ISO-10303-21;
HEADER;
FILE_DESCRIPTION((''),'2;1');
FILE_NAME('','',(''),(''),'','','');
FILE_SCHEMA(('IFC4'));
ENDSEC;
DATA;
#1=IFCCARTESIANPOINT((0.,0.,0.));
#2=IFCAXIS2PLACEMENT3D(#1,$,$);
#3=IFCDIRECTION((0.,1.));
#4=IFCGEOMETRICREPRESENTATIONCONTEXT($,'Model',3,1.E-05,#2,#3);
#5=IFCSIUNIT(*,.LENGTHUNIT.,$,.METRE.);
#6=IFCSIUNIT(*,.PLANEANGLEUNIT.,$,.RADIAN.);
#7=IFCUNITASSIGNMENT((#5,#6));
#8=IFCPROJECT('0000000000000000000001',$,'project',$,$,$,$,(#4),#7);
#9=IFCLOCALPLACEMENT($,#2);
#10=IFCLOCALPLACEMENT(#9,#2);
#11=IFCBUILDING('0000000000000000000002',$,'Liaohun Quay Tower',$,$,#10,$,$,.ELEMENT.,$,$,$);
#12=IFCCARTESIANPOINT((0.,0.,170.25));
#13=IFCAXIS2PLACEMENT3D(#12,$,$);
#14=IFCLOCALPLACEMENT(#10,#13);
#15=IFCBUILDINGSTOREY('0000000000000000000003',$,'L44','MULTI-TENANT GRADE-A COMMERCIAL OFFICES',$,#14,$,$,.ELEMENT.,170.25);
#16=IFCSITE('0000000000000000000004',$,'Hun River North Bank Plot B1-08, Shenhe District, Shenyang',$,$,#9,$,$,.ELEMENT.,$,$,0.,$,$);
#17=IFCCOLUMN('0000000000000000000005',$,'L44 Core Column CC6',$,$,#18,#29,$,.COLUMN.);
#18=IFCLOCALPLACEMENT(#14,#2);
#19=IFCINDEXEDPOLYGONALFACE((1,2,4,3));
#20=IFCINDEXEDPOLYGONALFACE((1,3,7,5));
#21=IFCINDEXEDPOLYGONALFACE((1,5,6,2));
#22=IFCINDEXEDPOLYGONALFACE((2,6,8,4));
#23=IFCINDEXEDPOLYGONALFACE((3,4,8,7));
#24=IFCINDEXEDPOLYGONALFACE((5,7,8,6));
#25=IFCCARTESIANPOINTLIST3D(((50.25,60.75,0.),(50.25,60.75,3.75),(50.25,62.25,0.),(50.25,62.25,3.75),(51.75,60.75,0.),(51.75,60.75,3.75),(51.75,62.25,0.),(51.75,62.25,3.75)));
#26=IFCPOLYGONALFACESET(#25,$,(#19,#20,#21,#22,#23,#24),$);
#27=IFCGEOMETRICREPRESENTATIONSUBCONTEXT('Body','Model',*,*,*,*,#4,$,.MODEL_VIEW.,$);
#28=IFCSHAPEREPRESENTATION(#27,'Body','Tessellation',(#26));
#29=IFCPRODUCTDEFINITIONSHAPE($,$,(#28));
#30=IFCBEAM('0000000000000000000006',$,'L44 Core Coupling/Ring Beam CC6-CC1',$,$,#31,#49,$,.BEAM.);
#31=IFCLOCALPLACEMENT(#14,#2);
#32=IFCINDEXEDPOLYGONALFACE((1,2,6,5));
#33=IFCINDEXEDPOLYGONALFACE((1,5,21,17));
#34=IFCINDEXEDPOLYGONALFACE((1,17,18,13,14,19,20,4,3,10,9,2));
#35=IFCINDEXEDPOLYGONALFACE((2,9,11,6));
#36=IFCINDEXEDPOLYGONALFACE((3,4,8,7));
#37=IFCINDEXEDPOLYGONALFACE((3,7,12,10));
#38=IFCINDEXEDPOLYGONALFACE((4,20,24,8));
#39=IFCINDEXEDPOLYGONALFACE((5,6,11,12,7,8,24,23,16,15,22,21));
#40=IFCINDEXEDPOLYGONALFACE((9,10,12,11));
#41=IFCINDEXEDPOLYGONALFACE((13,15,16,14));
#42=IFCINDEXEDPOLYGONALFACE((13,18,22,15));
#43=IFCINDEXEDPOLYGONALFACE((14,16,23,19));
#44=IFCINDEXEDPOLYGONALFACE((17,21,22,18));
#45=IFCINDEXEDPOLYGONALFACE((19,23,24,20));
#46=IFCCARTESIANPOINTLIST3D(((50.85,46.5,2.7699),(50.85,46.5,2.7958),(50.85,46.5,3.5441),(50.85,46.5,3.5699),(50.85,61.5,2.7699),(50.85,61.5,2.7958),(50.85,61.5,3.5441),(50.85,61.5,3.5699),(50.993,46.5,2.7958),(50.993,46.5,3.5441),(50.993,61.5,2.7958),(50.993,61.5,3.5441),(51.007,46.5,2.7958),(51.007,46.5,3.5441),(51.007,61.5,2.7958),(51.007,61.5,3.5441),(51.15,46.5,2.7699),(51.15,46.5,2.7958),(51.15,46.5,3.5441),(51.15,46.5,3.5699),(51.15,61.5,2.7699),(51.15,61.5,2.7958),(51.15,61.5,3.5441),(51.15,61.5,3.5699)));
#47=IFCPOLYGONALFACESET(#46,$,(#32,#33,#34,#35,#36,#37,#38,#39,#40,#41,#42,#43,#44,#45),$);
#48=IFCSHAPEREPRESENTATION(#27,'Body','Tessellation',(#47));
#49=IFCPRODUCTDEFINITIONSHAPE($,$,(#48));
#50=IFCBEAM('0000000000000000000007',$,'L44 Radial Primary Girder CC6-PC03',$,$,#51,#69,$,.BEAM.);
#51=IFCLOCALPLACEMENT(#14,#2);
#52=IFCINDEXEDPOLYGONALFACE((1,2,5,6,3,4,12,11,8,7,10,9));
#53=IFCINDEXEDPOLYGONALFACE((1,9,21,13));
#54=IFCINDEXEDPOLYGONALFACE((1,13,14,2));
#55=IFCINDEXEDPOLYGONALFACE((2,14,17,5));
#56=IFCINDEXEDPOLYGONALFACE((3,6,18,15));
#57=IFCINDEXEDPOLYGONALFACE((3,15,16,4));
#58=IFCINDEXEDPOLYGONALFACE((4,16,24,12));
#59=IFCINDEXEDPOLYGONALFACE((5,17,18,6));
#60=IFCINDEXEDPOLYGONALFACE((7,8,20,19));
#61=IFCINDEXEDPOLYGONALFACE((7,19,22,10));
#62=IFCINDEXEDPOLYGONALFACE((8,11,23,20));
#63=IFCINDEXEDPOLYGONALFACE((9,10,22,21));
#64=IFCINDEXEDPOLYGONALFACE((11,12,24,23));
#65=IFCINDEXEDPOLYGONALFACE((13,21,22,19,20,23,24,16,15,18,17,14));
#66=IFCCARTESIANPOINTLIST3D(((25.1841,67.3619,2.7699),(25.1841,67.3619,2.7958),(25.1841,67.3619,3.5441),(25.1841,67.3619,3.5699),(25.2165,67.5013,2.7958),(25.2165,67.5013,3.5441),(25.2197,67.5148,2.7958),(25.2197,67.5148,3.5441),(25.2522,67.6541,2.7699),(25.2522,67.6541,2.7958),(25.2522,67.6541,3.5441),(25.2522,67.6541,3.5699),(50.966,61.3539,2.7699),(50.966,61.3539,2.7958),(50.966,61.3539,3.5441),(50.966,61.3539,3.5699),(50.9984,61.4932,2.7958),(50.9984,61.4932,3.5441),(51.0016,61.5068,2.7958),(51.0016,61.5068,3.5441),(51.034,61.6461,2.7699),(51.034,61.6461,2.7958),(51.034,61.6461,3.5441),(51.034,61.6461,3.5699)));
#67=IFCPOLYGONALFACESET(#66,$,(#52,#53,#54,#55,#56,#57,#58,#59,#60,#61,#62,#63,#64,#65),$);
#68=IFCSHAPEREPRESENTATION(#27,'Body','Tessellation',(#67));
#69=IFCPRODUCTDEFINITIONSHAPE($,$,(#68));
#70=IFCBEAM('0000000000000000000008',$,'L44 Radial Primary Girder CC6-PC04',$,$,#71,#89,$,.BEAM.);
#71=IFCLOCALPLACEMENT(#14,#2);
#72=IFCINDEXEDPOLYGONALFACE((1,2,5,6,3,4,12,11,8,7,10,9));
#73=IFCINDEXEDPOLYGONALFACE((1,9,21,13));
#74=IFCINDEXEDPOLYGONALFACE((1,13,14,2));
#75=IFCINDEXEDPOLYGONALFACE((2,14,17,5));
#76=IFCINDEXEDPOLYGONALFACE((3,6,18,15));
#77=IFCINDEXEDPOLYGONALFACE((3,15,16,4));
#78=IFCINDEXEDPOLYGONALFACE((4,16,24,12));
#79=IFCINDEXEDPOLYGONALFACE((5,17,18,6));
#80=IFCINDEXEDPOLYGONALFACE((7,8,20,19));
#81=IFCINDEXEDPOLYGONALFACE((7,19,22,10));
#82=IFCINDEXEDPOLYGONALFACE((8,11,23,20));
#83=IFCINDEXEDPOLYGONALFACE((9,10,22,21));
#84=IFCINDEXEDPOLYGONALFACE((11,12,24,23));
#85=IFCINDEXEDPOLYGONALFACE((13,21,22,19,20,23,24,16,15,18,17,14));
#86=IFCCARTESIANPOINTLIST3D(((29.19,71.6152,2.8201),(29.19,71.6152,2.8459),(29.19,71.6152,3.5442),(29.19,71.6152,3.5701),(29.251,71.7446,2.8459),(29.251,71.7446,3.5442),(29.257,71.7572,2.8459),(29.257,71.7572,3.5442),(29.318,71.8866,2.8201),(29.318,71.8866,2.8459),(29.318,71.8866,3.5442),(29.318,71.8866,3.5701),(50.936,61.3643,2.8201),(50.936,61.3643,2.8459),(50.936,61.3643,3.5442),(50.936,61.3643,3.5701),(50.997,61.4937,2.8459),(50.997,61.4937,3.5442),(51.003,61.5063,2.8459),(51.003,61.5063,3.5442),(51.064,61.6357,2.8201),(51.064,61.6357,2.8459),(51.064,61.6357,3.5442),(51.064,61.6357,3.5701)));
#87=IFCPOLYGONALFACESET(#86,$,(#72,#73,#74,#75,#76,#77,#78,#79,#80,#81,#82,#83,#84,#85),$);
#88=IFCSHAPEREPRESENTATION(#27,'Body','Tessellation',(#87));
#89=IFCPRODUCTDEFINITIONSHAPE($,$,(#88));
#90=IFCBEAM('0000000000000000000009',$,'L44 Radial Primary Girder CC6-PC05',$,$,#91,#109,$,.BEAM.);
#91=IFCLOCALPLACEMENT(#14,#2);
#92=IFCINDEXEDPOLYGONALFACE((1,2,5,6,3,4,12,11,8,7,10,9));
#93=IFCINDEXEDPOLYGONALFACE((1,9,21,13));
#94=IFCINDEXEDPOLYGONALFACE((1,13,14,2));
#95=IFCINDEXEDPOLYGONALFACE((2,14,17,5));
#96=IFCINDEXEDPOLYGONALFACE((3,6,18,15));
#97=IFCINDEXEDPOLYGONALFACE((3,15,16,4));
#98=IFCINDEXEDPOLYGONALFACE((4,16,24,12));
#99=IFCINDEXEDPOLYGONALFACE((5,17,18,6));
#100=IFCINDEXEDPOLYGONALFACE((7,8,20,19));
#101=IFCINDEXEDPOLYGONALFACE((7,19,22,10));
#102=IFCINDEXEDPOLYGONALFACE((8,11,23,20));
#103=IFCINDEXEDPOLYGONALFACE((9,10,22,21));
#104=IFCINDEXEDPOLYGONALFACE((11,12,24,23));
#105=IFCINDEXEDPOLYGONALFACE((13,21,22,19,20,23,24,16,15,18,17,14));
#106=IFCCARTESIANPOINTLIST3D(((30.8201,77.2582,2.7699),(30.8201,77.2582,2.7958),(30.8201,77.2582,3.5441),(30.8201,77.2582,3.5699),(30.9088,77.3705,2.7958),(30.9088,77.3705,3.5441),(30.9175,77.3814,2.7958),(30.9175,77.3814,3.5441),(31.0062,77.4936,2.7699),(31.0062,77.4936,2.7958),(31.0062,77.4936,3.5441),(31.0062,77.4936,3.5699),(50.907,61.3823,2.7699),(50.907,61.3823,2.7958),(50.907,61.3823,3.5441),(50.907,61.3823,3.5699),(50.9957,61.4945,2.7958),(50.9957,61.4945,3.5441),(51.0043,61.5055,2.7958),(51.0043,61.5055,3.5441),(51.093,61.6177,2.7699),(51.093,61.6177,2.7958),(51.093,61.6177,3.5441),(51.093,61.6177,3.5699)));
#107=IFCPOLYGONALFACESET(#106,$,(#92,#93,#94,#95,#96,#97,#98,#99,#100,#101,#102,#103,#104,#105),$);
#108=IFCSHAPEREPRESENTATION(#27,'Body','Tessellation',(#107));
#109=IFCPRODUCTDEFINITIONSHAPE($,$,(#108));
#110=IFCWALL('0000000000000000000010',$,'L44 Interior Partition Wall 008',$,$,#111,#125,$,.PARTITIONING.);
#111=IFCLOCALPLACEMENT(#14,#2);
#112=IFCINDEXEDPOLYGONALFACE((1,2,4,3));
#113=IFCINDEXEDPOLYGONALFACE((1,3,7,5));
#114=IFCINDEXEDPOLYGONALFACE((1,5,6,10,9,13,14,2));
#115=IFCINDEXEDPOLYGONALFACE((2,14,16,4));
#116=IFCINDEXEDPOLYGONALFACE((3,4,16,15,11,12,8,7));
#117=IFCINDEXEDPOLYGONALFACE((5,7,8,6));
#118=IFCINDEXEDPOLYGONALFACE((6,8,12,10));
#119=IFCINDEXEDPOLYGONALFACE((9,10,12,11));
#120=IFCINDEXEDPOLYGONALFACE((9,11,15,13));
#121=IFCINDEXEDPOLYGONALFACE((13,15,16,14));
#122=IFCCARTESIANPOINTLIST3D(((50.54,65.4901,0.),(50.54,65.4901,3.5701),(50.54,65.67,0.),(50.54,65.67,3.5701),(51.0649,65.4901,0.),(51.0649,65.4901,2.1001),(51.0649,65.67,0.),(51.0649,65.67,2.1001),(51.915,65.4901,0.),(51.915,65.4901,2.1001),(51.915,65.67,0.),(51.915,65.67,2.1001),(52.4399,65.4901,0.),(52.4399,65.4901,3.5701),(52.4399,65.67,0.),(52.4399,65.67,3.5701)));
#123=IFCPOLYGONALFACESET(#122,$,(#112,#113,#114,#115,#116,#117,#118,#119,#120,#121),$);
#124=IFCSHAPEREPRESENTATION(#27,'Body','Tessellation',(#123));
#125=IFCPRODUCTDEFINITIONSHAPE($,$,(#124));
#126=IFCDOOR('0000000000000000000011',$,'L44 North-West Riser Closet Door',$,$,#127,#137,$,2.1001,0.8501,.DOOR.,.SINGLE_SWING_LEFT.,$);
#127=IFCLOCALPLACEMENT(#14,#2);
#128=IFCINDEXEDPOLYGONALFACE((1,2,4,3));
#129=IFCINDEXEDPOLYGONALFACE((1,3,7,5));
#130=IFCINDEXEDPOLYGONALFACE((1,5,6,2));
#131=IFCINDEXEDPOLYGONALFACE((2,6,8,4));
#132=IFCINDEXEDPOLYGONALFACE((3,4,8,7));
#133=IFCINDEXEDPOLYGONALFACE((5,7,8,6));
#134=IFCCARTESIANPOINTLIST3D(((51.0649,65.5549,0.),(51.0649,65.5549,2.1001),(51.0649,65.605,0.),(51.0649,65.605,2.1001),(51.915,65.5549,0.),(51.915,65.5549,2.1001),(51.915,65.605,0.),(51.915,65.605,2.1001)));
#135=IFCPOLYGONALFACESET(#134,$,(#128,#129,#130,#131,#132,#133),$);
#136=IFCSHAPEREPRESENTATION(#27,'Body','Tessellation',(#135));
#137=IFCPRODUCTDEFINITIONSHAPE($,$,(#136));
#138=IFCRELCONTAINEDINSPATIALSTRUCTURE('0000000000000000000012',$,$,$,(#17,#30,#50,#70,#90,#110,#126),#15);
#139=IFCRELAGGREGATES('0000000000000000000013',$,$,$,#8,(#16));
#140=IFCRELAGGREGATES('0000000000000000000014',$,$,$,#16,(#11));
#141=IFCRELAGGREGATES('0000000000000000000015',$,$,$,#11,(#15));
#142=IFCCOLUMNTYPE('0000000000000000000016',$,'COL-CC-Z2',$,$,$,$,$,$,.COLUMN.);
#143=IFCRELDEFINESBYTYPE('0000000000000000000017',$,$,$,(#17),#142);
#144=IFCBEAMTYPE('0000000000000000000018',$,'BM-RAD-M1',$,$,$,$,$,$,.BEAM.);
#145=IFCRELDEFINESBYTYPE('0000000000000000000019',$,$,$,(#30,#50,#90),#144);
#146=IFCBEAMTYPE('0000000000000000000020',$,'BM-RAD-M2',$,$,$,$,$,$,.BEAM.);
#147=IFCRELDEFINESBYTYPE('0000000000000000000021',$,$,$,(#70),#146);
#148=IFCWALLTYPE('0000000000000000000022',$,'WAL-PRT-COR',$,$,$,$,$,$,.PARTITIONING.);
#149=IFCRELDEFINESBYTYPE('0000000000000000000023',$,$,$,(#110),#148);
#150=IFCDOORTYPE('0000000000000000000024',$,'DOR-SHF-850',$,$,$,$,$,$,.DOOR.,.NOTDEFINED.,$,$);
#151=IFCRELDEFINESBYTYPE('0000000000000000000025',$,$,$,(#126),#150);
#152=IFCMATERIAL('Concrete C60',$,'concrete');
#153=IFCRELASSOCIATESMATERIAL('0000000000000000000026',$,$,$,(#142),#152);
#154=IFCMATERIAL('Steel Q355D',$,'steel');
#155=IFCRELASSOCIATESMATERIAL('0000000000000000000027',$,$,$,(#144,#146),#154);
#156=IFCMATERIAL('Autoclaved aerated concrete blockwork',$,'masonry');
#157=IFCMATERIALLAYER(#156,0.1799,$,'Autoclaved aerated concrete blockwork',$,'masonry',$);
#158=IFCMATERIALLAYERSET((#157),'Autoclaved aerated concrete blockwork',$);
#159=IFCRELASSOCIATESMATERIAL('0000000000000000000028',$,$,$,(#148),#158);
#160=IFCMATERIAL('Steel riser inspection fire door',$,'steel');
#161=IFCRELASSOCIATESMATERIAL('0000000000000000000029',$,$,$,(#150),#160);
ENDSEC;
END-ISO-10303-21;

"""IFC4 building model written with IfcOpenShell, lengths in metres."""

from ifc_helpers import new_model, si_unit, direction, frame, frame_2d, origin, origin_2d, place, context, subcontext, project, spatial, rectangle, i_section, extrude, source, transform, mapped, material, layer, layer_set, material_profile, profile_set, type_object, element, fill, save


model = new_model("IFC4")

# Units and contexts
model_context = context("Model", 3, precision=1e-05, world=origin(), true_north=direction((0.0, 1.0)))
body_context = subcontext(model_context, "Body", "Model", "MODEL_VIEW")
ifc_project = project(units=[si_unit("LENGTHUNIT", "METRE"), si_unit("PLANEANGLEUNIT", "RADIAN")], contexts=[model_context])

# Site, building, storey
site_placement = place(None, origin())
site = spatial("IfcSite", under=ifc_project, at=site_placement, Name="Hun River North Bank Plot B1-08, Shenhe District, Shenyang", CompositionType="ELEMENT", RefElevation=0.0)
building_placement = place(site_placement, origin())
building = spatial("IfcBuilding", under=site, at=building_placement, Name="Liaohun Quay Tower", CompositionType="ELEMENT")
storey_placement = place(building_placement, frame((0.0, 0.0, 170.25)))
storey = spatial("IfcBuildingStorey", under=building, at=storey_placement, Name="L44", Description="MULTI-TENANT GRADE-A COMMERCIAL OFFICES", CompositionType="ELEMENT", Elevation=170.25)

# Column
ifc_material_1 = material(Name="Concrete C60", Category="concrete")
ifc_material_profile_1 = material_profile(ifc_material_1, rectangle(XDim=1.5, YDim=1.5, at=origin_2d()), Name="RC1500x1500")
ifc_profile_set_1 = profile_set([ifc_material_profile_1], Name="Concrete C60")
column_type = type_object("IfcColumnType", Name="COL-CC-Z2", PredefinedType="COLUMN", material=ifc_profile_set_1)
shared_shape_1 = source(origin(), body_context, "Body", "SweptSolid", [
    extrude(rectangle(XDim=1.5, YDim=1.5, at=origin_2d()), origin(), (0.0, 0.0, 1.0), 3.75),
])
column_placement = place(storey_placement, frame((51.0, 61.5, 0.0), z_axis=(0.0, 0.0, 1.0), x_axis=(1.0, 0.0, 0.0)))
element("IfcColumn", 1, at=column_placement, inside=storey, type_object=column_type, Name="L44 Core Column CC6", PredefinedType="COLUMN", context=body_context, shape_type="MappedRepresentation", body=[
    mapped(shared_shape_1, transform((0.0, 0.0, 0.0), x_axis=(1.0, 0.0, 0.0), y_axis=(0.0, 1.0, 0.0), z_axis=(0.0, 0.0, 1.0), scale=1.0)),
])

# Beams
ifc_material_2 = material(Name="Steel Q355D", Category="steel")
ifc_material_profile_2 = material_profile(ifc_material_2, i_section(OverallWidth=0.3, OverallDepth=0.8, WebThickness=0.0139, FlangeThickness=0.0259, at=origin_2d()), Name="HN800x300x14x26")
ifc_profile_set_2 = profile_set([ifc_material_profile_2], Name="Steel Q355D")
beam_type_1 = type_object("IfcBeamType", Name="BM-RAD-M1", PredefinedType="BEAM", material=ifc_profile_set_2)
shared_shape_2 = source(origin(), body_context, "Body", "SweptSolid", [
    extrude(i_section(OverallWidth=0.3, OverallDepth=0.8, WebThickness=0.0139, FlangeThickness=0.0259, at=origin_2d()), origin(), (0.0, 0.0, 1.0), 15.0),
])
beam_1_placement = place(storey_placement, frame((51.0, 61.5, 3.1699), z_axis=(0.0, -1.0, 0.0), x_axis=(1.0, 0.0, 0.0)))
element("IfcBeam", 2, at=beam_1_placement, inside=storey, type_object=beam_type_1, Name="L44 Core Coupling/Ring Beam CC6-CC1", PredefinedType="BEAM", context=body_context, shape_type="MappedRepresentation", body=[
    mapped(shared_shape_2, transform((0.0, 0.0, 0.0), x_axis=(1.0, 0.0, 0.0), y_axis=(0.0, 1.0, 0.0), z_axis=(0.0, 0.0, 1.0), scale=1.0)),
])
shared_shape_3 = source(origin(), body_context, "Body", "SweptSolid", [
    extrude(i_section(OverallWidth=0.3, OverallDepth=0.8, WebThickness=0.0139, FlangeThickness=0.0259, at=origin_2d()), origin(), (0.0, 0.0, 1.0), 26.4727),
])
beam_2_placement = place(storey_placement, frame((51.0, 61.5, 3.1699), z_axis=(-0.973906, 0.226952, 0.0), x_axis=(-0.226952, -0.973906, 0.0)))
element("IfcBeam", 3, at=beam_2_placement, inside=storey, type_object=beam_type_1, Name="L44 Radial Primary Girder CC6-PC03", PredefinedType="BEAM", context=body_context, shape_type="MappedRepresentation", body=[
    mapped(shared_shape_3, transform((0.0, 0.0, 0.0), x_axis=(1.0, 0.0, 0.0), y_axis=(0.0, 1.0, 0.0), z_axis=(0.0, 0.0, 1.0), scale=1.0)),
])
ifc_material_profile_3 = material_profile(ifc_material_2, i_section(OverallWidth=0.3, OverallDepth=0.75, WebThickness=0.0139, FlangeThickness=0.0259, at=origin_2d()), Name="HN750x300x14x26")
ifc_profile_set_3 = profile_set([ifc_material_profile_3], Name="Steel Q355D")
beam_type_2 = type_object("IfcBeamType", Name="BM-RAD-M2", PredefinedType="BEAM", material=ifc_profile_set_3)
shared_shape_4 = source(origin(), body_context, "Body", "SweptSolid", [
    extrude(i_section(OverallWidth=0.3, OverallDepth=0.75, WebThickness=0.0139, FlangeThickness=0.0259, at=origin_2d()), origin(), (0.0, 0.0, 1.0), 24.041),
])
beam_3_placement = place(storey_placement, frame((51.0, 61.5, 3.1951), z_axis=(-0.904538, 0.426394, 0.0), x_axis=(-0.426394, -0.904538, 0.0)))
element("IfcBeam", 4, at=beam_3_placement, inside=storey, type_object=beam_type_2, Name="L44 Radial Primary Girder CC6-PC04", PredefinedType="BEAM", context=body_context, shape_type="MappedRepresentation", body=[
    mapped(shared_shape_4, transform((0.0, 0.0, 0.0), x_axis=(1.0, 0.0, 0.0), y_axis=(0.0, 1.0, 0.0), z_axis=(0.0, 0.0, 1.0), scale=1.0)),
])
shared_shape_5 = source(origin(), body_context, "Body", "SweptSolid", [
    extrude(i_section(OverallWidth=0.3, OverallDepth=0.8, WebThickness=0.0139, FlangeThickness=0.0259, at=origin_2d()), origin(), (0.0, 0.0, 1.0), 25.6033),
])
beam_4_placement = place(storey_placement, frame((51.0, 61.5, 3.1699), z_axis=(-0.784543, 0.620075, 0.0), x_axis=(-0.620075, -0.784543, 0.0)))
element("IfcBeam", 5, at=beam_4_placement, inside=storey, type_object=beam_type_1, Name="L44 Radial Primary Girder CC6-PC05", PredefinedType="BEAM", context=body_context, shape_type="MappedRepresentation", body=[
    mapped(shared_shape_5, transform((0.0, 0.0, 0.0), x_axis=(1.0, 0.0, 0.0), y_axis=(0.0, 1.0, 0.0), z_axis=(0.0, 0.0, 1.0), scale=1.0)),
])

# Wall, opening, door
ifc_material_3 = material(Name="Autoclaved aerated concrete blockwork", Category="masonry")
ifc_layer_1 = layer(ifc_material_3, 0.1799, Name="Autoclaved aerated concrete blockwork", Category="masonry")
ifc_layer_set_1 = layer_set([ifc_layer_1], Name="Autoclaved aerated concrete blockwork")
wall_type_1 = type_object("IfcWallType", Name="WAL-PRT-COR", PredefinedType="PARTITIONING", material=ifc_layer_set_1)
wall_1_placement = place(storey_placement, frame((50.54, 65.5801, 0.0), z_axis=(0.0, 0.0, 1.0), x_axis=(1.0, 0.0, 0.0)))
wall_1 = element("IfcWall", 6, at=wall_1_placement, inside=storey, type_object=wall_type_1, Name="L44 Interior Partition Wall 008", PredefinedType="PARTITIONING", context=body_context, shape_type="SweptSolid", body=[
    extrude(rectangle(XDim=1.8999, YDim=0.1799, at=frame_2d((0.95, 0.0))), origin(), (0.0, 0.0, 1.0), 3.5701),
])
shared_shape_6 = source(origin(), body_context, "Body", "SweptSolid", [
    extrude(rectangle(XDim=0.8501, YDim=2.1001, at=frame_2d((0.425, 1.05))), frame((0.0, 0.0999, 0.0), z_axis=(0.0, -1.0, 0.0), x_axis=(1.0, 0.0, 0.0)), (0.0, 0.0, 1.0), 0.2),
])
opening_1_placement = place(wall_1_placement, frame((0.5249, 0.0, 0.0)))
opening_1 = element("IfcOpeningElement", 7, at=opening_1_placement, cuts=wall_1, PredefinedType="OPENING", context=body_context, shape_type="MappedRepresentation", body=[
    mapped(shared_shape_6, transform((0.0, 0.0, 0.0), x_axis=(1.0, 0.0, 0.0), y_axis=(0.0, 1.0, 0.0), z_axis=(0.0, 0.0, 1.0), scale=1.0)),
])
ifc_material_4 = material(Name="Steel riser inspection fire door", Category="steel")
door_type_1 = type_object("IfcDoorType", Name="DOR-SHF-850", OperationType="NOTDEFINED", PredefinedType="DOOR", material=ifc_material_4)
shared_shape_7 = source(origin(), body_context, "Body", "SweptSolid", [
    extrude(rectangle(XDim=0.8501, YDim=2.1001, at=frame_2d((0.425, 1.05))), frame((0.0, 0.0249, 0.0), z_axis=(0.0, -1.0, 0.0), x_axis=(1.0, 0.0, 0.0)), (0.0, 0.0, 1.0), 0.05),
])
door_1_placement = place(opening_1_placement, origin())
door_1 = element("IfcDoor", 8, at=door_1_placement, inside=storey, type_object=door_type_1, Name="L44 North-West Riser Closet Door", OperationType="SINGLE_SWING_LEFT", OverallHeight=2.1001, OverallWidth=0.8501, PredefinedType="DOOR", context=body_context, shape_type="MappedRepresentation", body=[
    mapped(shared_shape_7, transform((0.0, 0.0, 0.0), x_axis=(1.0, 0.0, 0.0), y_axis=(0.0, 1.0, 0.0), z_axis=(0.0, 0.0, 1.0), scale=1.0)),
])
fill(opening_1, door_1)

save(model, "model.ifc")
